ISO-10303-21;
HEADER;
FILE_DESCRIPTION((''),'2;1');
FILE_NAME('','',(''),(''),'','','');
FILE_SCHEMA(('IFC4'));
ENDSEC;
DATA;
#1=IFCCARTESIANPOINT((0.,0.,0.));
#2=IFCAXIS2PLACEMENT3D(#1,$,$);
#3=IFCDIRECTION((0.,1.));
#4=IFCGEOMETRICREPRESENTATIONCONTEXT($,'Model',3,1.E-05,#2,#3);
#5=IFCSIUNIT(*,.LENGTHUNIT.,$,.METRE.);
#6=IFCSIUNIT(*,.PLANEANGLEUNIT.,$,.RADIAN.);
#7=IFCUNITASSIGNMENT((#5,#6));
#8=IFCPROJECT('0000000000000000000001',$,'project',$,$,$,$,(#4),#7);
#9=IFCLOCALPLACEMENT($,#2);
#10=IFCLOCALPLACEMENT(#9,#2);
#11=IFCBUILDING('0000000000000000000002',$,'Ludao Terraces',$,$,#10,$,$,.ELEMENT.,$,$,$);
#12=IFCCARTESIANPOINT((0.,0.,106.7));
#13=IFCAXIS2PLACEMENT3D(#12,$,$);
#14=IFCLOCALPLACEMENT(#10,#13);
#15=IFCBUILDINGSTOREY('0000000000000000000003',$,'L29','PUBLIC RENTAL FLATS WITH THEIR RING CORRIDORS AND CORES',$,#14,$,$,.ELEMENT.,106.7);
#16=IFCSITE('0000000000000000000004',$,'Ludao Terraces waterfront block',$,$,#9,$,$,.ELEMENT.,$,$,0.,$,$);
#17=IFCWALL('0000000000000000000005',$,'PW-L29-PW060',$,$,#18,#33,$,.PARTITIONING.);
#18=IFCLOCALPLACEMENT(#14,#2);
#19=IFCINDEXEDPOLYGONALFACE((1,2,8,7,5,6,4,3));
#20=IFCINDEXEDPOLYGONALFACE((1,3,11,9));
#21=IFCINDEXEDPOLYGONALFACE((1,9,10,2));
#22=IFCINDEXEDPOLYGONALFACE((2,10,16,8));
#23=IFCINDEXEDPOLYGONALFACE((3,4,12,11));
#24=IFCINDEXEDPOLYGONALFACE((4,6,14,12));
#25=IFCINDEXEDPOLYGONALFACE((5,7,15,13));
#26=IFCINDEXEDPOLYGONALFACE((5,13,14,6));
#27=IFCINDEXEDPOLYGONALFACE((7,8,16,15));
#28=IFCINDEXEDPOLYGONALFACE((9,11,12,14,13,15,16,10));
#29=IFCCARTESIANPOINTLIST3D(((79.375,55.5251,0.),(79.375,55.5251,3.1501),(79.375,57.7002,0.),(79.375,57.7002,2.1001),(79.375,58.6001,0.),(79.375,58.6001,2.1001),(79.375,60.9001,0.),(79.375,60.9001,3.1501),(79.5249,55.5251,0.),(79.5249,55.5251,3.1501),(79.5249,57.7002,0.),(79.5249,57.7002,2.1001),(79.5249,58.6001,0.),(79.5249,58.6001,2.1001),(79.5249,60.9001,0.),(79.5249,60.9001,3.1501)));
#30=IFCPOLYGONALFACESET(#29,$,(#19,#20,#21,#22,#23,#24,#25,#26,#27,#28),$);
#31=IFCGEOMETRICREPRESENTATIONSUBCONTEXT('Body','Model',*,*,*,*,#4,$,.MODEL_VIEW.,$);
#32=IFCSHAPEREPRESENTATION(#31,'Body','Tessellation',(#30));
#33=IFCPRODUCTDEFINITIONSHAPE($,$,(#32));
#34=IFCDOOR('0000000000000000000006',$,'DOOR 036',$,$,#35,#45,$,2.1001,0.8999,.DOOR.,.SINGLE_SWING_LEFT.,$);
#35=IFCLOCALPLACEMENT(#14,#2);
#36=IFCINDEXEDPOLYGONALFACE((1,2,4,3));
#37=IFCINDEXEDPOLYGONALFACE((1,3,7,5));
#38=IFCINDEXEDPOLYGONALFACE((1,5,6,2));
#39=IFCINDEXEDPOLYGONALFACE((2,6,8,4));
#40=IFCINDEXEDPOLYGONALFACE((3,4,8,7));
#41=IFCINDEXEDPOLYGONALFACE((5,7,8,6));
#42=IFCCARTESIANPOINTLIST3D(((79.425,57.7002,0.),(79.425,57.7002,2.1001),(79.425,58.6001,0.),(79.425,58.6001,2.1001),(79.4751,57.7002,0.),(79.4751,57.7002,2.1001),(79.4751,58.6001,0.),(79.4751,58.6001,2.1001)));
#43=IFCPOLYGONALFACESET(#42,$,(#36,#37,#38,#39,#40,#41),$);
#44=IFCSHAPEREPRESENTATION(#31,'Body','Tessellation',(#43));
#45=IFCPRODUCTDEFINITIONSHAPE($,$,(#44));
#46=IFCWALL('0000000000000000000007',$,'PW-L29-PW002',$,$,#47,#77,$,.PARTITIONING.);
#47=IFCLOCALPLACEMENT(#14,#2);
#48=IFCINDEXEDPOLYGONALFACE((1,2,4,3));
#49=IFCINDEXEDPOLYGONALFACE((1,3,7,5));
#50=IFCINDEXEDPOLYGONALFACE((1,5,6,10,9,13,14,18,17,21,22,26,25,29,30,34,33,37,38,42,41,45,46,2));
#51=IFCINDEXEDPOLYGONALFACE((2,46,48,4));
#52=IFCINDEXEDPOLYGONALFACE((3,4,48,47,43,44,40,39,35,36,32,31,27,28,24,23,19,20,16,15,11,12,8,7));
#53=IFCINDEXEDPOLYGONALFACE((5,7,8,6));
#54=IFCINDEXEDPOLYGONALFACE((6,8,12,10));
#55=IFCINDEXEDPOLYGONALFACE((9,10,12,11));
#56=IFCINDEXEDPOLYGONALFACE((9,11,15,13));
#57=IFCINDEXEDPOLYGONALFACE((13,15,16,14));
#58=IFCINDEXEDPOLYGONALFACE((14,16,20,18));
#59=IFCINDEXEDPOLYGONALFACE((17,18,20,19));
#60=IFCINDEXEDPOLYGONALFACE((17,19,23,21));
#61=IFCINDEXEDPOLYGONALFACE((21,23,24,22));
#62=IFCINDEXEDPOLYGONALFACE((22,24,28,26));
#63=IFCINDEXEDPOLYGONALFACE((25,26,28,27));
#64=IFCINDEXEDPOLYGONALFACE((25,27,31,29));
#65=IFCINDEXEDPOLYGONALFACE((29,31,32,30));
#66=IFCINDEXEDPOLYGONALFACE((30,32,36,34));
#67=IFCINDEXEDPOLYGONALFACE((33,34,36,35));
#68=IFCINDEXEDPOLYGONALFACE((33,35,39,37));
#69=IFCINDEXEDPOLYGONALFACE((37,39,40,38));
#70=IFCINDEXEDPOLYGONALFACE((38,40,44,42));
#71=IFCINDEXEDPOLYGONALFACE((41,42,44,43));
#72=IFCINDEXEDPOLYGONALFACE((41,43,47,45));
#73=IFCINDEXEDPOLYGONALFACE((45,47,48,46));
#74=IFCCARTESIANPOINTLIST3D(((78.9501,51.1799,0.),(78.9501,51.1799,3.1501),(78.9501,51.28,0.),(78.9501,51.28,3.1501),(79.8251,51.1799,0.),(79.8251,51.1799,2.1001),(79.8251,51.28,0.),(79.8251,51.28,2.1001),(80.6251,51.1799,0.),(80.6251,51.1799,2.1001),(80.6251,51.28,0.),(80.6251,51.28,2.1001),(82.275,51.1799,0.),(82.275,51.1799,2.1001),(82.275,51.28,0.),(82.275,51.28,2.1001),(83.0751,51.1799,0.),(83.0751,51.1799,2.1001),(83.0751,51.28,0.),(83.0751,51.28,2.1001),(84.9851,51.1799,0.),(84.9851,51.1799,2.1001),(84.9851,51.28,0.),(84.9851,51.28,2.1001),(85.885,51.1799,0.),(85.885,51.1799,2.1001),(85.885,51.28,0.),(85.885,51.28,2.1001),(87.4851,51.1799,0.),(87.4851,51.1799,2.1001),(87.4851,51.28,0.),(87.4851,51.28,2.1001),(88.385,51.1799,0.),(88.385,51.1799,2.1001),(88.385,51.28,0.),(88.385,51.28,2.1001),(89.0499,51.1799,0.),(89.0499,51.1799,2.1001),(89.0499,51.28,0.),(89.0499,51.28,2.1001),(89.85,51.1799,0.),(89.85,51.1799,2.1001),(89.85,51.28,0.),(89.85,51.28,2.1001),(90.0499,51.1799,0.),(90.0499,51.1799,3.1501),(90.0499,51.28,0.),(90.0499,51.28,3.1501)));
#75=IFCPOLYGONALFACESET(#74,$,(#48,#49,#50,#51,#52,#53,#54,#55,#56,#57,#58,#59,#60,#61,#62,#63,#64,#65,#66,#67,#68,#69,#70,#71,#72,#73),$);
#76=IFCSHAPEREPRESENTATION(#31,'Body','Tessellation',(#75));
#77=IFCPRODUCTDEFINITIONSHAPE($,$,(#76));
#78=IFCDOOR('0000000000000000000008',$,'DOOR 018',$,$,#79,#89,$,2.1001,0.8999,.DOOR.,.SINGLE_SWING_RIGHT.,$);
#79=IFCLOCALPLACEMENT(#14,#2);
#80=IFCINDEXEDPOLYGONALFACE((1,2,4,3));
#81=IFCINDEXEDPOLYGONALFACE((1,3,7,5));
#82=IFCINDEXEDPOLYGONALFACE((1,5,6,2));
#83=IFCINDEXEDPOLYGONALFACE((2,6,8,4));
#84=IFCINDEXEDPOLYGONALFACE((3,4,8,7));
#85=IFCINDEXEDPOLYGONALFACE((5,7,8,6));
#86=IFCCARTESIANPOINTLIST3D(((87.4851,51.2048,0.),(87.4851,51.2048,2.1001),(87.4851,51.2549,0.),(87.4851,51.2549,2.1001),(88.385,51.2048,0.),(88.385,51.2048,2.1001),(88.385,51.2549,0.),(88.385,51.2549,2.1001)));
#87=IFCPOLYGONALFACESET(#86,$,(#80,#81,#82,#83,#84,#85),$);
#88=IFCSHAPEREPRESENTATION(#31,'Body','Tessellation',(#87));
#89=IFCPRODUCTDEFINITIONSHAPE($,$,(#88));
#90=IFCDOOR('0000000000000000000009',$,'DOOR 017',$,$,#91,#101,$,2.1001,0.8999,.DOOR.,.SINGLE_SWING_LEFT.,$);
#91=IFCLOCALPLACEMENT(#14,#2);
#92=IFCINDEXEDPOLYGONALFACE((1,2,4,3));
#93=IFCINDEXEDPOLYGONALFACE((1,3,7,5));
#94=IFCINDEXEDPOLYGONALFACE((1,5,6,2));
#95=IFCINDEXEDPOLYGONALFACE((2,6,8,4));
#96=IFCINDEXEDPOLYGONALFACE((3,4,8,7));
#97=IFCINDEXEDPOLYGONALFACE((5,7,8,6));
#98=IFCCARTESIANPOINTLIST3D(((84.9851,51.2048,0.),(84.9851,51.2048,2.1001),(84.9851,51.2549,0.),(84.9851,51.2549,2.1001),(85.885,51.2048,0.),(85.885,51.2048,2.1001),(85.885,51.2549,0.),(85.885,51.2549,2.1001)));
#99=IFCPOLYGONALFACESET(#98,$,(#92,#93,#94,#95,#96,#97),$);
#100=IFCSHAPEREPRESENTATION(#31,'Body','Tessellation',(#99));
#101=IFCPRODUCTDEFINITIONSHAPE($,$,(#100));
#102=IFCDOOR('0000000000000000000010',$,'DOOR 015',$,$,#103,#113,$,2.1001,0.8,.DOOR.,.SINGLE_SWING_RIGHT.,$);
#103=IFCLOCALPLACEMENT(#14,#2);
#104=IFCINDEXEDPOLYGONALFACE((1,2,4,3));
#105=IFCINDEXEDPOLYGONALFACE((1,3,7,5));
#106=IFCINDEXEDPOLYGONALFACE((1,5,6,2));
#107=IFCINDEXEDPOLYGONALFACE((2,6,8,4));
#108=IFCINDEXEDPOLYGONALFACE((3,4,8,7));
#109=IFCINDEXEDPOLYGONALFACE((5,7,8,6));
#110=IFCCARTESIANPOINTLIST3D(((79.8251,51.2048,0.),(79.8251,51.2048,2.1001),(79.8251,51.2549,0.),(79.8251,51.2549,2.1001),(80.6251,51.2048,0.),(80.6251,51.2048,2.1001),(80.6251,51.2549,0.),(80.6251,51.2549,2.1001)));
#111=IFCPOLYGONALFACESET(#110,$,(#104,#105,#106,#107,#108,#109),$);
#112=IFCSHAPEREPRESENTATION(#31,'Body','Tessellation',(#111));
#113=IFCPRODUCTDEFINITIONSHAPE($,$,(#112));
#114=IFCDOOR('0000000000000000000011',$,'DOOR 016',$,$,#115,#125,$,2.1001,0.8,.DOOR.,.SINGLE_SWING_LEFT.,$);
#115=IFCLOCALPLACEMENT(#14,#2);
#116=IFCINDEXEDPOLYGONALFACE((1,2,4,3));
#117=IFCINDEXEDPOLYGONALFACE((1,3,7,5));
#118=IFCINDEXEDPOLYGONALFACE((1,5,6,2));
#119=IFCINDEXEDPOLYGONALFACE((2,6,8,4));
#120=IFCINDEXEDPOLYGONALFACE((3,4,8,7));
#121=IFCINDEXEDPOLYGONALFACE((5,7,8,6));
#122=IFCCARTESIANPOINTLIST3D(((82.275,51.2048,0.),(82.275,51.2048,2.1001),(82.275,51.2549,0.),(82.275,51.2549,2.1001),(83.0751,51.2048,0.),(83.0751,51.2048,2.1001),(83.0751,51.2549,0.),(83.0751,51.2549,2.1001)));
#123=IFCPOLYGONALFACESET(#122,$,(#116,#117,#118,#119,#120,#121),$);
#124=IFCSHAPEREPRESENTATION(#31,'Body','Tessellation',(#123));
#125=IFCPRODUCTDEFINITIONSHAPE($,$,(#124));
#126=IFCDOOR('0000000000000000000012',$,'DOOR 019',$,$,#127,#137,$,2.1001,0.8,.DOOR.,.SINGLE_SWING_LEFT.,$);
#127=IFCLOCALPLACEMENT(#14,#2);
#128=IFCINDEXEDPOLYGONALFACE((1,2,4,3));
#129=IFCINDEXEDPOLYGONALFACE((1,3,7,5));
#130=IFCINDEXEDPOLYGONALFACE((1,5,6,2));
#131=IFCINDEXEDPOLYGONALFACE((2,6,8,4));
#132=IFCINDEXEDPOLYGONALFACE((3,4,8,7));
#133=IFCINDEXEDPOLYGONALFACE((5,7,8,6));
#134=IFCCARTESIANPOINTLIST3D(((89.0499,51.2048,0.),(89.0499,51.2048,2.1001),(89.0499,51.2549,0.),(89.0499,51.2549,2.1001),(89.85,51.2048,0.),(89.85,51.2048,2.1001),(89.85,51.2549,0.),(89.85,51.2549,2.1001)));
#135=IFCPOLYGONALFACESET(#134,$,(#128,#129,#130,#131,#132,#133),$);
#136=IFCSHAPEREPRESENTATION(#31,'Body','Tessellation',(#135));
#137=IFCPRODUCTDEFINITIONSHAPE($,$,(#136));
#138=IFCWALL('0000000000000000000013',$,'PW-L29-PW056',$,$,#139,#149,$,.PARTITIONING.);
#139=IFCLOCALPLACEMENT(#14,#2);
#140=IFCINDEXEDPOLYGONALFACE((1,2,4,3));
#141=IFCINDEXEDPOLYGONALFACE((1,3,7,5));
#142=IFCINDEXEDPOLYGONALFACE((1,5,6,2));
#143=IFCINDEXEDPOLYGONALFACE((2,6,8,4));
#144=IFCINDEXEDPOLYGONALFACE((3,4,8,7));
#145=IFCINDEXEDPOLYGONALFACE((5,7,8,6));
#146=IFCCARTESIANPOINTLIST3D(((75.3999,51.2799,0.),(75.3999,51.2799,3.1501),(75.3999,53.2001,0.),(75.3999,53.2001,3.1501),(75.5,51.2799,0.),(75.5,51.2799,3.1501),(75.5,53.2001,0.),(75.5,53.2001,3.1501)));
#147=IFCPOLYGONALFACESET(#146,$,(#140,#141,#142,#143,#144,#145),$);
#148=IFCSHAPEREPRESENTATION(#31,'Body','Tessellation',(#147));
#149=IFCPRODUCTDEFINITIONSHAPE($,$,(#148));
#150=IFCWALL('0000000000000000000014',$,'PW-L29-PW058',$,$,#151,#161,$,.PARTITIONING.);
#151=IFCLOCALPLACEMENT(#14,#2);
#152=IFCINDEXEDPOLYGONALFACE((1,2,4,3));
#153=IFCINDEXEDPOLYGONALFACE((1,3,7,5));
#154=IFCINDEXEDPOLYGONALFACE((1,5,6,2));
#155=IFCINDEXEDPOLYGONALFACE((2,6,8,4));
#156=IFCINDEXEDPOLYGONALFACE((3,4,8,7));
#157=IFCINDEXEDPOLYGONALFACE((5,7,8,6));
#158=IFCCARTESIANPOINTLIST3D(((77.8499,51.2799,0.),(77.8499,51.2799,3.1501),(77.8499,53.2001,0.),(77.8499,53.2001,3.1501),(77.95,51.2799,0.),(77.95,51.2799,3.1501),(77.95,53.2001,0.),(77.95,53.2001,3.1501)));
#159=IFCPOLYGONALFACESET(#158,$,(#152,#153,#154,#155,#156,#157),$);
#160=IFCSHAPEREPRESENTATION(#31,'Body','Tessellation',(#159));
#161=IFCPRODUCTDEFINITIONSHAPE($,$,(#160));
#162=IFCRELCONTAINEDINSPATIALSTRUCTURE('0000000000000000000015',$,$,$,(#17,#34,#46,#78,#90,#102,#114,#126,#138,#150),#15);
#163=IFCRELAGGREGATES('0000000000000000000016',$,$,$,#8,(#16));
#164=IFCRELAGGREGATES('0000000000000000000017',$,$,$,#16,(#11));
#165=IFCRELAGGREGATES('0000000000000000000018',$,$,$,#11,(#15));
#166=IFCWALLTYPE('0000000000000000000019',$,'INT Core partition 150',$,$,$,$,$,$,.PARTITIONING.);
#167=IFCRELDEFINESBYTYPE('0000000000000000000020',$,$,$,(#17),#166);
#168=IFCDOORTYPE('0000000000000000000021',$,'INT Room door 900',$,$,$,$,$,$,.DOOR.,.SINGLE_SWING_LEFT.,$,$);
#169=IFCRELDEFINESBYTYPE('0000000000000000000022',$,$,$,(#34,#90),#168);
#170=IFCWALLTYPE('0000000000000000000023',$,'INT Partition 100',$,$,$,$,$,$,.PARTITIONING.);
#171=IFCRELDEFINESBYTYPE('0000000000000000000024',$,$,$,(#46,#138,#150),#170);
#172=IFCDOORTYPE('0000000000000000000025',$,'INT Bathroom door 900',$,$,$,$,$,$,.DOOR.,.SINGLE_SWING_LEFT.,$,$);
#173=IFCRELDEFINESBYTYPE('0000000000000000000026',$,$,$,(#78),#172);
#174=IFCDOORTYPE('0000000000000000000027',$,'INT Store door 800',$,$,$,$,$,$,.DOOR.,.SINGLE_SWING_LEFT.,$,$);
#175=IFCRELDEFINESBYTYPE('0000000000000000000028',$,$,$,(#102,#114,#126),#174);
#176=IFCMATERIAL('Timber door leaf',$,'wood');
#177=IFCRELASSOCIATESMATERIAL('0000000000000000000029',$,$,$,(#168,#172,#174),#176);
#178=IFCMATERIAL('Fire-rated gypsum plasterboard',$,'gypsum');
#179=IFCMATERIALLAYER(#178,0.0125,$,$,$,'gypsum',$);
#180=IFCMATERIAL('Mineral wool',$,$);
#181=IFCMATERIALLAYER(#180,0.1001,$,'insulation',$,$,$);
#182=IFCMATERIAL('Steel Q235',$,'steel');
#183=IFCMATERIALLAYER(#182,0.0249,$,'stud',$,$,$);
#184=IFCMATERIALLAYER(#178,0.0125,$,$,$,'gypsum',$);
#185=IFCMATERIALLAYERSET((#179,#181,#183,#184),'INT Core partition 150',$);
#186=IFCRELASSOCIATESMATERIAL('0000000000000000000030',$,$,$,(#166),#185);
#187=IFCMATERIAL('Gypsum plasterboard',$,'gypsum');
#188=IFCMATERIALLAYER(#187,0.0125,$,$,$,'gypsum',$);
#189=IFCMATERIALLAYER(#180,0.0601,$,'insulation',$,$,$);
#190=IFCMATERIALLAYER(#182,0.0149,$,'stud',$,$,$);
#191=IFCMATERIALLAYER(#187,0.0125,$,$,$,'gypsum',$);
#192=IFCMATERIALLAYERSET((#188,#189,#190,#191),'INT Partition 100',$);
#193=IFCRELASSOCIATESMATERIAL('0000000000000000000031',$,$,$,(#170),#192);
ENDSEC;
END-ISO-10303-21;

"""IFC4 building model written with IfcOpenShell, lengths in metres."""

from ifc_helpers import new_model, si_unit, direction, frame, frame_2d, origin, place, context, subcontext, project, spatial, rectangle, extrude, material, layer, layer_set, type_object, element, fill, save


model = new_model("IFC4")

# Units and contexts
model_context = context("Model", 3, precision=1e-05, world=origin(), true_north=direction((0.0, 1.0)))
body_context = subcontext(model_context, "Body", "Model", "MODEL_VIEW")
ifc_project = project(units=[si_unit("LENGTHUNIT", "METRE"), si_unit("PLANEANGLEUNIT", "RADIAN")], contexts=[model_context])

# Site, building, storey
site_placement = place(None, origin())
site = spatial("IfcSite", under=ifc_project, at=site_placement, Name="Ludao Terraces waterfront block", CompositionType="ELEMENT", RefElevation=0.0)
building_placement = place(site_placement, origin())
building = spatial("IfcBuilding", under=site, at=building_placement, Name="Ludao Terraces", CompositionType="ELEMENT")
storey_placement = place(building_placement, frame((0.0, 0.0, 106.7)))
storey = spatial("IfcBuildingStorey", under=building, at=storey_placement, Name="L29", Description="PUBLIC RENTAL FLATS WITH THEIR RING CORRIDORS AND CORES", CompositionType="ELEMENT", Elevation=106.7)

# Shared definitions
ifc_material_1 = material(Name="Steel Q235", Category="steel")
ifc_material_2 = material(Name="Timber door leaf", Category="wood")
door_type_1 = type_object("IfcDoorType", Name="INT Room door 900", OperationType="SINGLE_SWING_LEFT", PredefinedType="DOOR", material=ifc_material_2)

# Wall, opening, door
ifc_material_3 = material(Name="Fire-rated gypsum plasterboard", Category="gypsum")
ifc_layer_1 = layer(ifc_material_3, 0.0125, Category="gypsum")
ifc_material_4 = material(Name="Mineral wool")
ifc_layer_2 = layer(ifc_material_4, 0.1001, Name="insulation")
ifc_layer_3 = layer(ifc_material_1, 0.0249, Name="stud")
ifc_layer_4 = layer(ifc_material_3, 0.0125, Category="gypsum")
ifc_layer_set_1 = layer_set([ifc_layer_1, ifc_layer_2, ifc_layer_3, ifc_layer_4], Name="INT Core partition 150")
wall_type_1 = type_object("IfcWallType", Name="INT Core partition 150", PredefinedType="PARTITIONING", material=ifc_layer_set_1)
wall_1_placement = place(storey_placement, frame((79.45, 55.5251, 0.0), z_axis=(0.0, 0.0, 1.0), x_axis=(0.0, 1.0, 0.0)))
wall_1 = element("IfcWall", 1, at=wall_1_placement, inside=storey, type_object=wall_type_1, Name="PW-L29-PW060", PredefinedType="PARTITIONING", context=body_context, shape_type="SweptSolid", body=[
    extrude(rectangle(XDim=5.375, YDim=0.1499, at=frame_2d((2.6875, 0.0))), origin(), (0.0, 0.0, 1.0), 3.1501),
])
opening_1_placement = place(wall_1_placement, frame((2.175, 0.0, 0.0)))
opening_1 = element("IfcOpeningElement", 2, at=opening_1_placement, cuts=wall_1, PredefinedType="OPENING", context=body_context, shape_type="SweptSolid", body=[
    extrude(rectangle(XDim=0.8999, YDim=2.1001, at=frame_2d((0.45, 1.05))), frame((0.0, 0.085, 0.0), z_axis=(0.0, -1.0, 0.0), x_axis=(1.0, 0.0, 0.0)), (0.0, 0.0, 1.0), 0.1699),
])
door_1_placement = place(opening_1_placement, origin())
door_1 = element("IfcDoor", 3, at=door_1_placement, inside=storey, type_object=door_type_1, Name="DOOR 036", OperationType="SINGLE_SWING_LEFT", OverallHeight=2.1001, OverallWidth=0.8999, PredefinedType="DOOR", context=body_context, shape_type="SweptSolid", body=[
    extrude(rectangle(XDim=0.8999, YDim=2.1001, at=frame_2d((0.45, 1.05))), frame((0.0, 0.0249, 0.0), z_axis=(0.0, -1.0, 0.0), x_axis=(1.0, 0.0, 0.0)), (0.0, 0.0, 1.0), 0.05),
])
fill(opening_1, door_1)

# Wall, openings, doors
ifc_material_5 = material(Name="Gypsum plasterboard", Category="gypsum")
ifc_layer_5 = layer(ifc_material_5, 0.0125, Category="gypsum")
ifc_layer_6 = layer(ifc_material_4, 0.0601, Name="insulation")
ifc_layer_7 = layer(ifc_material_1, 0.0149, Name="stud")
ifc_layer_8 = layer(ifc_material_5, 0.0125, Category="gypsum")
ifc_layer_set_2 = layer_set([ifc_layer_5, ifc_layer_6, ifc_layer_7, ifc_layer_8], Name="INT Partition 100")
wall_type_2 = type_object("IfcWallType", Name="INT Partition 100", PredefinedType="PARTITIONING", material=ifc_layer_set_2)
wall_2_placement = place(storey_placement, frame((78.9502, 51.23, 0.0), z_axis=(0.0, 0.0, 1.0), x_axis=(1.0, 0.0, 0.0)))
wall_2 = element("IfcWall", 4, at=wall_2_placement, inside=storey, type_object=wall_type_2, Name="PW-L29-PW002", PredefinedType="PARTITIONING", context=body_context, shape_type="SweptSolid", body=[
    extrude(rectangle(XDim=11.0999, YDim=0.1001, at=frame_2d((5.5498, 0.0))), origin(), (0.0, 0.0, 1.0), 3.1501),
])
opening_2_placement = place(wall_2_placement, frame((0.875, 0.0, 0.0)))
opening_2 = element("IfcOpeningElement", 5, at=opening_2_placement, cuts=wall_2, PredefinedType="OPENING", context=body_context, shape_type="SweptSolid", body=[
    extrude(rectangle(XDim=0.8, YDim=2.1001, at=frame_2d((0.3999, 1.05))), frame((0.0, 0.0601, 0.0), z_axis=(0.0, -1.0, 0.0), x_axis=(1.0, 0.0, 0.0)), (0.0, 0.0, 1.0), 0.1201),
])
opening_3_placement = place(wall_2_placement, frame((3.325, 0.0, 0.0)))
opening_3 = element("IfcOpeningElement", 6, at=opening_3_placement, cuts=wall_2, PredefinedType="OPENING", context=body_context, shape_type="SweptSolid", body=[
    extrude(rectangle(XDim=0.8, YDim=2.1001, at=frame_2d((0.3999, 1.05))), frame((0.0, 0.0601, 0.0), z_axis=(0.0, -1.0, 0.0), x_axis=(1.0, 0.0, 0.0)), (0.0, 0.0, 1.0), 0.1201),
])
opening_4_placement = place(wall_2_placement, frame((6.0349, 0.0, 0.0)))
opening_4 = element("IfcOpeningElement", 7, at=opening_4_placement, cuts=wall_2, PredefinedType="OPENING", context=body_context, shape_type="SweptSolid", body=[
    extrude(rectangle(XDim=0.8999, YDim=2.1001, at=frame_2d((0.45, 1.05))), frame((0.0, 0.0601, 0.0), z_axis=(0.0, -1.0, 0.0), x_axis=(1.0, 0.0, 0.0)), (0.0, 0.0, 1.0), 0.1201),
])
opening_5_placement = place(wall_2_placement, frame((8.5349, 0.0, 0.0)))
opening_5 = element("IfcOpeningElement", 8, at=opening_5_placement, cuts=wall_2, PredefinedType="OPENING", context=body_context, shape_type="SweptSolid", body=[
    extrude(rectangle(XDim=0.8999, YDim=2.1001, at=frame_2d((0.45, 1.05))), frame((0.0, 0.0601, 0.0), z_axis=(0.0, -1.0, 0.0), x_axis=(1.0, 0.0, 0.0)), (0.0, 0.0, 1.0), 0.1201),
])
opening_6_placement = place(wall_2_placement, frame((10.0999, 0.0, 0.0)))
opening_6 = element("IfcOpeningElement", 9, at=opening_6_placement, cuts=wall_2, PredefinedType="OPENING", context=body_context, shape_type="SweptSolid", body=[
    extrude(rectangle(XDim=0.8, YDim=2.1001, at=frame_2d((0.3999, 1.05))), frame((0.0, 0.0601, 0.0), z_axis=(0.0, -1.0, 0.0), x_axis=(1.0, 0.0, 0.0)), (0.0, 0.0, 1.0), 0.1201),
])
door_type_2 = type_object("IfcDoorType", Name="INT Bathroom door 900", OperationType="SINGLE_SWING_LEFT", PredefinedType="DOOR", material=ifc_material_2)
door_2_placement = place(opening_5_placement, origin())
door_2 = element("IfcDoor", 10, at=door_2_placement, inside=storey, type_object=door_type_2, Name="DOOR 018", OperationType="SINGLE_SWING_RIGHT", OverallHeight=2.1001, OverallWidth=0.8999, PredefinedType="DOOR", context=body_context, shape_type="SweptSolid", body=[
    extrude(rectangle(XDim=0.8999, YDim=2.1001, at=frame_2d((0.45, 1.05))), frame((0.0, 0.0249, 0.0), z_axis=(0.0, -1.0, 0.0), x_axis=(1.0, 0.0, 0.0)), (0.0, 0.0, 1.0), 0.05),
])
fill(opening_5, door_2)
door_3_placement = place(opening_4_placement, origin())
door_3 = element("IfcDoor", 11, at=door_3_placement, inside=storey, type_object=door_type_1, Name="DOOR 017", OperationType="SINGLE_SWING_LEFT", OverallHeight=2.1001, OverallWidth=0.8999, PredefinedType="DOOR", context=body_context, shape_type="SweptSolid", body=[
    extrude(rectangle(XDim=0.8999, YDim=2.1001, at=frame_2d((0.45, 1.05))), frame((0.0, 0.0249, 0.0), z_axis=(0.0, -1.0, 0.0), x_axis=(1.0, 0.0, 0.0)), (0.0, 0.0, 1.0), 0.05),
])
fill(opening_4, door_3)
door_type_3 = type_object("IfcDoorType", Name="INT Store door 800", OperationType="SINGLE_SWING_LEFT", PredefinedType="DOOR", material=ifc_material_2)
door_4_placement = place(opening_2_placement, origin())
door_4 = element("IfcDoor", 12, at=door_4_placement, inside=storey, type_object=door_type_3, Name="DOOR 015", OperationType="SINGLE_SWING_RIGHT", OverallHeight=2.1001, OverallWidth=0.8, PredefinedType="DOOR", context=body_context, shape_type="SweptSolid", body=[
    extrude(rectangle(XDim=0.8, YDim=2.1001, at=frame_2d((0.3999, 1.05))), frame((0.0, 0.0249, 0.0), z_axis=(0.0, -1.0, 0.0), x_axis=(1.0, 0.0, 0.0)), (0.0, 0.0, 1.0), 0.05),
])
fill(opening_2, door_4)
door_5_placement = place(opening_3_placement, origin())
door_5 = element("IfcDoor", 13, at=door_5_placement, inside=storey, type_object=door_type_3, Name="DOOR 016", OperationType="SINGLE_SWING_LEFT", OverallHeight=2.1001, OverallWidth=0.8, PredefinedType="DOOR", context=body_context, shape_type="SweptSolid", body=[
    extrude(rectangle(XDim=0.8, YDim=2.1001, at=frame_2d((0.3999, 1.05))), frame((0.0, 0.0249, 0.0), z_axis=(0.0, -1.0, 0.0), x_axis=(1.0, 0.0, 0.0)), (0.0, 0.0, 1.0), 0.05),
])
fill(opening_3, door_5)
door_6_placement = place(opening_6_placement, origin())
door_6 = element("IfcDoor", 14, at=door_6_placement, inside=storey, type_object=door_type_3, Name="DOOR 019", OperationType="SINGLE_SWING_LEFT", OverallHeight=2.1001, OverallWidth=0.8, PredefinedType="DOOR", context=body_context, shape_type="SweptSolid", body=[
    extrude(rectangle(XDim=0.8, YDim=2.1001, at=frame_2d((0.3999, 1.05))), frame((0.0, 0.0249, 0.0), z_axis=(0.0, -1.0, 0.0), x_axis=(1.0, 0.0, 0.0)), (0.0, 0.0, 1.0), 0.05),
])
fill(opening_6, door_6)

# Walls
for number, where, z_axis, x_axis, name in (
    (15, (75.45, 51.28, 0.0), (0.0, 0.0, 1.0), (0.0, 1.0, 0.0), "PW-L29-PW056"),
    (16, (77.8999, 51.28, 0.0), (0.0, 0.0, 1.0), (0.0, 1.0, 0.0), "PW-L29-PW058"),
):
    element("IfcWall", number, at=place(storey_placement, frame(where, z_axis=z_axis, x_axis=x_axis)), inside=storey, type_object=wall_type_2, Name=name, PredefinedType="PARTITIONING", context=body_context, shape_type="SweptSolid", body=[
        extrude(rectangle(XDim=1.9202, YDim=0.1001, at=frame_2d((0.96, 0.0))), origin(), (0.0, 0.0, 1.0), 3.1501),
    ])

save(model, "model.ifc")
